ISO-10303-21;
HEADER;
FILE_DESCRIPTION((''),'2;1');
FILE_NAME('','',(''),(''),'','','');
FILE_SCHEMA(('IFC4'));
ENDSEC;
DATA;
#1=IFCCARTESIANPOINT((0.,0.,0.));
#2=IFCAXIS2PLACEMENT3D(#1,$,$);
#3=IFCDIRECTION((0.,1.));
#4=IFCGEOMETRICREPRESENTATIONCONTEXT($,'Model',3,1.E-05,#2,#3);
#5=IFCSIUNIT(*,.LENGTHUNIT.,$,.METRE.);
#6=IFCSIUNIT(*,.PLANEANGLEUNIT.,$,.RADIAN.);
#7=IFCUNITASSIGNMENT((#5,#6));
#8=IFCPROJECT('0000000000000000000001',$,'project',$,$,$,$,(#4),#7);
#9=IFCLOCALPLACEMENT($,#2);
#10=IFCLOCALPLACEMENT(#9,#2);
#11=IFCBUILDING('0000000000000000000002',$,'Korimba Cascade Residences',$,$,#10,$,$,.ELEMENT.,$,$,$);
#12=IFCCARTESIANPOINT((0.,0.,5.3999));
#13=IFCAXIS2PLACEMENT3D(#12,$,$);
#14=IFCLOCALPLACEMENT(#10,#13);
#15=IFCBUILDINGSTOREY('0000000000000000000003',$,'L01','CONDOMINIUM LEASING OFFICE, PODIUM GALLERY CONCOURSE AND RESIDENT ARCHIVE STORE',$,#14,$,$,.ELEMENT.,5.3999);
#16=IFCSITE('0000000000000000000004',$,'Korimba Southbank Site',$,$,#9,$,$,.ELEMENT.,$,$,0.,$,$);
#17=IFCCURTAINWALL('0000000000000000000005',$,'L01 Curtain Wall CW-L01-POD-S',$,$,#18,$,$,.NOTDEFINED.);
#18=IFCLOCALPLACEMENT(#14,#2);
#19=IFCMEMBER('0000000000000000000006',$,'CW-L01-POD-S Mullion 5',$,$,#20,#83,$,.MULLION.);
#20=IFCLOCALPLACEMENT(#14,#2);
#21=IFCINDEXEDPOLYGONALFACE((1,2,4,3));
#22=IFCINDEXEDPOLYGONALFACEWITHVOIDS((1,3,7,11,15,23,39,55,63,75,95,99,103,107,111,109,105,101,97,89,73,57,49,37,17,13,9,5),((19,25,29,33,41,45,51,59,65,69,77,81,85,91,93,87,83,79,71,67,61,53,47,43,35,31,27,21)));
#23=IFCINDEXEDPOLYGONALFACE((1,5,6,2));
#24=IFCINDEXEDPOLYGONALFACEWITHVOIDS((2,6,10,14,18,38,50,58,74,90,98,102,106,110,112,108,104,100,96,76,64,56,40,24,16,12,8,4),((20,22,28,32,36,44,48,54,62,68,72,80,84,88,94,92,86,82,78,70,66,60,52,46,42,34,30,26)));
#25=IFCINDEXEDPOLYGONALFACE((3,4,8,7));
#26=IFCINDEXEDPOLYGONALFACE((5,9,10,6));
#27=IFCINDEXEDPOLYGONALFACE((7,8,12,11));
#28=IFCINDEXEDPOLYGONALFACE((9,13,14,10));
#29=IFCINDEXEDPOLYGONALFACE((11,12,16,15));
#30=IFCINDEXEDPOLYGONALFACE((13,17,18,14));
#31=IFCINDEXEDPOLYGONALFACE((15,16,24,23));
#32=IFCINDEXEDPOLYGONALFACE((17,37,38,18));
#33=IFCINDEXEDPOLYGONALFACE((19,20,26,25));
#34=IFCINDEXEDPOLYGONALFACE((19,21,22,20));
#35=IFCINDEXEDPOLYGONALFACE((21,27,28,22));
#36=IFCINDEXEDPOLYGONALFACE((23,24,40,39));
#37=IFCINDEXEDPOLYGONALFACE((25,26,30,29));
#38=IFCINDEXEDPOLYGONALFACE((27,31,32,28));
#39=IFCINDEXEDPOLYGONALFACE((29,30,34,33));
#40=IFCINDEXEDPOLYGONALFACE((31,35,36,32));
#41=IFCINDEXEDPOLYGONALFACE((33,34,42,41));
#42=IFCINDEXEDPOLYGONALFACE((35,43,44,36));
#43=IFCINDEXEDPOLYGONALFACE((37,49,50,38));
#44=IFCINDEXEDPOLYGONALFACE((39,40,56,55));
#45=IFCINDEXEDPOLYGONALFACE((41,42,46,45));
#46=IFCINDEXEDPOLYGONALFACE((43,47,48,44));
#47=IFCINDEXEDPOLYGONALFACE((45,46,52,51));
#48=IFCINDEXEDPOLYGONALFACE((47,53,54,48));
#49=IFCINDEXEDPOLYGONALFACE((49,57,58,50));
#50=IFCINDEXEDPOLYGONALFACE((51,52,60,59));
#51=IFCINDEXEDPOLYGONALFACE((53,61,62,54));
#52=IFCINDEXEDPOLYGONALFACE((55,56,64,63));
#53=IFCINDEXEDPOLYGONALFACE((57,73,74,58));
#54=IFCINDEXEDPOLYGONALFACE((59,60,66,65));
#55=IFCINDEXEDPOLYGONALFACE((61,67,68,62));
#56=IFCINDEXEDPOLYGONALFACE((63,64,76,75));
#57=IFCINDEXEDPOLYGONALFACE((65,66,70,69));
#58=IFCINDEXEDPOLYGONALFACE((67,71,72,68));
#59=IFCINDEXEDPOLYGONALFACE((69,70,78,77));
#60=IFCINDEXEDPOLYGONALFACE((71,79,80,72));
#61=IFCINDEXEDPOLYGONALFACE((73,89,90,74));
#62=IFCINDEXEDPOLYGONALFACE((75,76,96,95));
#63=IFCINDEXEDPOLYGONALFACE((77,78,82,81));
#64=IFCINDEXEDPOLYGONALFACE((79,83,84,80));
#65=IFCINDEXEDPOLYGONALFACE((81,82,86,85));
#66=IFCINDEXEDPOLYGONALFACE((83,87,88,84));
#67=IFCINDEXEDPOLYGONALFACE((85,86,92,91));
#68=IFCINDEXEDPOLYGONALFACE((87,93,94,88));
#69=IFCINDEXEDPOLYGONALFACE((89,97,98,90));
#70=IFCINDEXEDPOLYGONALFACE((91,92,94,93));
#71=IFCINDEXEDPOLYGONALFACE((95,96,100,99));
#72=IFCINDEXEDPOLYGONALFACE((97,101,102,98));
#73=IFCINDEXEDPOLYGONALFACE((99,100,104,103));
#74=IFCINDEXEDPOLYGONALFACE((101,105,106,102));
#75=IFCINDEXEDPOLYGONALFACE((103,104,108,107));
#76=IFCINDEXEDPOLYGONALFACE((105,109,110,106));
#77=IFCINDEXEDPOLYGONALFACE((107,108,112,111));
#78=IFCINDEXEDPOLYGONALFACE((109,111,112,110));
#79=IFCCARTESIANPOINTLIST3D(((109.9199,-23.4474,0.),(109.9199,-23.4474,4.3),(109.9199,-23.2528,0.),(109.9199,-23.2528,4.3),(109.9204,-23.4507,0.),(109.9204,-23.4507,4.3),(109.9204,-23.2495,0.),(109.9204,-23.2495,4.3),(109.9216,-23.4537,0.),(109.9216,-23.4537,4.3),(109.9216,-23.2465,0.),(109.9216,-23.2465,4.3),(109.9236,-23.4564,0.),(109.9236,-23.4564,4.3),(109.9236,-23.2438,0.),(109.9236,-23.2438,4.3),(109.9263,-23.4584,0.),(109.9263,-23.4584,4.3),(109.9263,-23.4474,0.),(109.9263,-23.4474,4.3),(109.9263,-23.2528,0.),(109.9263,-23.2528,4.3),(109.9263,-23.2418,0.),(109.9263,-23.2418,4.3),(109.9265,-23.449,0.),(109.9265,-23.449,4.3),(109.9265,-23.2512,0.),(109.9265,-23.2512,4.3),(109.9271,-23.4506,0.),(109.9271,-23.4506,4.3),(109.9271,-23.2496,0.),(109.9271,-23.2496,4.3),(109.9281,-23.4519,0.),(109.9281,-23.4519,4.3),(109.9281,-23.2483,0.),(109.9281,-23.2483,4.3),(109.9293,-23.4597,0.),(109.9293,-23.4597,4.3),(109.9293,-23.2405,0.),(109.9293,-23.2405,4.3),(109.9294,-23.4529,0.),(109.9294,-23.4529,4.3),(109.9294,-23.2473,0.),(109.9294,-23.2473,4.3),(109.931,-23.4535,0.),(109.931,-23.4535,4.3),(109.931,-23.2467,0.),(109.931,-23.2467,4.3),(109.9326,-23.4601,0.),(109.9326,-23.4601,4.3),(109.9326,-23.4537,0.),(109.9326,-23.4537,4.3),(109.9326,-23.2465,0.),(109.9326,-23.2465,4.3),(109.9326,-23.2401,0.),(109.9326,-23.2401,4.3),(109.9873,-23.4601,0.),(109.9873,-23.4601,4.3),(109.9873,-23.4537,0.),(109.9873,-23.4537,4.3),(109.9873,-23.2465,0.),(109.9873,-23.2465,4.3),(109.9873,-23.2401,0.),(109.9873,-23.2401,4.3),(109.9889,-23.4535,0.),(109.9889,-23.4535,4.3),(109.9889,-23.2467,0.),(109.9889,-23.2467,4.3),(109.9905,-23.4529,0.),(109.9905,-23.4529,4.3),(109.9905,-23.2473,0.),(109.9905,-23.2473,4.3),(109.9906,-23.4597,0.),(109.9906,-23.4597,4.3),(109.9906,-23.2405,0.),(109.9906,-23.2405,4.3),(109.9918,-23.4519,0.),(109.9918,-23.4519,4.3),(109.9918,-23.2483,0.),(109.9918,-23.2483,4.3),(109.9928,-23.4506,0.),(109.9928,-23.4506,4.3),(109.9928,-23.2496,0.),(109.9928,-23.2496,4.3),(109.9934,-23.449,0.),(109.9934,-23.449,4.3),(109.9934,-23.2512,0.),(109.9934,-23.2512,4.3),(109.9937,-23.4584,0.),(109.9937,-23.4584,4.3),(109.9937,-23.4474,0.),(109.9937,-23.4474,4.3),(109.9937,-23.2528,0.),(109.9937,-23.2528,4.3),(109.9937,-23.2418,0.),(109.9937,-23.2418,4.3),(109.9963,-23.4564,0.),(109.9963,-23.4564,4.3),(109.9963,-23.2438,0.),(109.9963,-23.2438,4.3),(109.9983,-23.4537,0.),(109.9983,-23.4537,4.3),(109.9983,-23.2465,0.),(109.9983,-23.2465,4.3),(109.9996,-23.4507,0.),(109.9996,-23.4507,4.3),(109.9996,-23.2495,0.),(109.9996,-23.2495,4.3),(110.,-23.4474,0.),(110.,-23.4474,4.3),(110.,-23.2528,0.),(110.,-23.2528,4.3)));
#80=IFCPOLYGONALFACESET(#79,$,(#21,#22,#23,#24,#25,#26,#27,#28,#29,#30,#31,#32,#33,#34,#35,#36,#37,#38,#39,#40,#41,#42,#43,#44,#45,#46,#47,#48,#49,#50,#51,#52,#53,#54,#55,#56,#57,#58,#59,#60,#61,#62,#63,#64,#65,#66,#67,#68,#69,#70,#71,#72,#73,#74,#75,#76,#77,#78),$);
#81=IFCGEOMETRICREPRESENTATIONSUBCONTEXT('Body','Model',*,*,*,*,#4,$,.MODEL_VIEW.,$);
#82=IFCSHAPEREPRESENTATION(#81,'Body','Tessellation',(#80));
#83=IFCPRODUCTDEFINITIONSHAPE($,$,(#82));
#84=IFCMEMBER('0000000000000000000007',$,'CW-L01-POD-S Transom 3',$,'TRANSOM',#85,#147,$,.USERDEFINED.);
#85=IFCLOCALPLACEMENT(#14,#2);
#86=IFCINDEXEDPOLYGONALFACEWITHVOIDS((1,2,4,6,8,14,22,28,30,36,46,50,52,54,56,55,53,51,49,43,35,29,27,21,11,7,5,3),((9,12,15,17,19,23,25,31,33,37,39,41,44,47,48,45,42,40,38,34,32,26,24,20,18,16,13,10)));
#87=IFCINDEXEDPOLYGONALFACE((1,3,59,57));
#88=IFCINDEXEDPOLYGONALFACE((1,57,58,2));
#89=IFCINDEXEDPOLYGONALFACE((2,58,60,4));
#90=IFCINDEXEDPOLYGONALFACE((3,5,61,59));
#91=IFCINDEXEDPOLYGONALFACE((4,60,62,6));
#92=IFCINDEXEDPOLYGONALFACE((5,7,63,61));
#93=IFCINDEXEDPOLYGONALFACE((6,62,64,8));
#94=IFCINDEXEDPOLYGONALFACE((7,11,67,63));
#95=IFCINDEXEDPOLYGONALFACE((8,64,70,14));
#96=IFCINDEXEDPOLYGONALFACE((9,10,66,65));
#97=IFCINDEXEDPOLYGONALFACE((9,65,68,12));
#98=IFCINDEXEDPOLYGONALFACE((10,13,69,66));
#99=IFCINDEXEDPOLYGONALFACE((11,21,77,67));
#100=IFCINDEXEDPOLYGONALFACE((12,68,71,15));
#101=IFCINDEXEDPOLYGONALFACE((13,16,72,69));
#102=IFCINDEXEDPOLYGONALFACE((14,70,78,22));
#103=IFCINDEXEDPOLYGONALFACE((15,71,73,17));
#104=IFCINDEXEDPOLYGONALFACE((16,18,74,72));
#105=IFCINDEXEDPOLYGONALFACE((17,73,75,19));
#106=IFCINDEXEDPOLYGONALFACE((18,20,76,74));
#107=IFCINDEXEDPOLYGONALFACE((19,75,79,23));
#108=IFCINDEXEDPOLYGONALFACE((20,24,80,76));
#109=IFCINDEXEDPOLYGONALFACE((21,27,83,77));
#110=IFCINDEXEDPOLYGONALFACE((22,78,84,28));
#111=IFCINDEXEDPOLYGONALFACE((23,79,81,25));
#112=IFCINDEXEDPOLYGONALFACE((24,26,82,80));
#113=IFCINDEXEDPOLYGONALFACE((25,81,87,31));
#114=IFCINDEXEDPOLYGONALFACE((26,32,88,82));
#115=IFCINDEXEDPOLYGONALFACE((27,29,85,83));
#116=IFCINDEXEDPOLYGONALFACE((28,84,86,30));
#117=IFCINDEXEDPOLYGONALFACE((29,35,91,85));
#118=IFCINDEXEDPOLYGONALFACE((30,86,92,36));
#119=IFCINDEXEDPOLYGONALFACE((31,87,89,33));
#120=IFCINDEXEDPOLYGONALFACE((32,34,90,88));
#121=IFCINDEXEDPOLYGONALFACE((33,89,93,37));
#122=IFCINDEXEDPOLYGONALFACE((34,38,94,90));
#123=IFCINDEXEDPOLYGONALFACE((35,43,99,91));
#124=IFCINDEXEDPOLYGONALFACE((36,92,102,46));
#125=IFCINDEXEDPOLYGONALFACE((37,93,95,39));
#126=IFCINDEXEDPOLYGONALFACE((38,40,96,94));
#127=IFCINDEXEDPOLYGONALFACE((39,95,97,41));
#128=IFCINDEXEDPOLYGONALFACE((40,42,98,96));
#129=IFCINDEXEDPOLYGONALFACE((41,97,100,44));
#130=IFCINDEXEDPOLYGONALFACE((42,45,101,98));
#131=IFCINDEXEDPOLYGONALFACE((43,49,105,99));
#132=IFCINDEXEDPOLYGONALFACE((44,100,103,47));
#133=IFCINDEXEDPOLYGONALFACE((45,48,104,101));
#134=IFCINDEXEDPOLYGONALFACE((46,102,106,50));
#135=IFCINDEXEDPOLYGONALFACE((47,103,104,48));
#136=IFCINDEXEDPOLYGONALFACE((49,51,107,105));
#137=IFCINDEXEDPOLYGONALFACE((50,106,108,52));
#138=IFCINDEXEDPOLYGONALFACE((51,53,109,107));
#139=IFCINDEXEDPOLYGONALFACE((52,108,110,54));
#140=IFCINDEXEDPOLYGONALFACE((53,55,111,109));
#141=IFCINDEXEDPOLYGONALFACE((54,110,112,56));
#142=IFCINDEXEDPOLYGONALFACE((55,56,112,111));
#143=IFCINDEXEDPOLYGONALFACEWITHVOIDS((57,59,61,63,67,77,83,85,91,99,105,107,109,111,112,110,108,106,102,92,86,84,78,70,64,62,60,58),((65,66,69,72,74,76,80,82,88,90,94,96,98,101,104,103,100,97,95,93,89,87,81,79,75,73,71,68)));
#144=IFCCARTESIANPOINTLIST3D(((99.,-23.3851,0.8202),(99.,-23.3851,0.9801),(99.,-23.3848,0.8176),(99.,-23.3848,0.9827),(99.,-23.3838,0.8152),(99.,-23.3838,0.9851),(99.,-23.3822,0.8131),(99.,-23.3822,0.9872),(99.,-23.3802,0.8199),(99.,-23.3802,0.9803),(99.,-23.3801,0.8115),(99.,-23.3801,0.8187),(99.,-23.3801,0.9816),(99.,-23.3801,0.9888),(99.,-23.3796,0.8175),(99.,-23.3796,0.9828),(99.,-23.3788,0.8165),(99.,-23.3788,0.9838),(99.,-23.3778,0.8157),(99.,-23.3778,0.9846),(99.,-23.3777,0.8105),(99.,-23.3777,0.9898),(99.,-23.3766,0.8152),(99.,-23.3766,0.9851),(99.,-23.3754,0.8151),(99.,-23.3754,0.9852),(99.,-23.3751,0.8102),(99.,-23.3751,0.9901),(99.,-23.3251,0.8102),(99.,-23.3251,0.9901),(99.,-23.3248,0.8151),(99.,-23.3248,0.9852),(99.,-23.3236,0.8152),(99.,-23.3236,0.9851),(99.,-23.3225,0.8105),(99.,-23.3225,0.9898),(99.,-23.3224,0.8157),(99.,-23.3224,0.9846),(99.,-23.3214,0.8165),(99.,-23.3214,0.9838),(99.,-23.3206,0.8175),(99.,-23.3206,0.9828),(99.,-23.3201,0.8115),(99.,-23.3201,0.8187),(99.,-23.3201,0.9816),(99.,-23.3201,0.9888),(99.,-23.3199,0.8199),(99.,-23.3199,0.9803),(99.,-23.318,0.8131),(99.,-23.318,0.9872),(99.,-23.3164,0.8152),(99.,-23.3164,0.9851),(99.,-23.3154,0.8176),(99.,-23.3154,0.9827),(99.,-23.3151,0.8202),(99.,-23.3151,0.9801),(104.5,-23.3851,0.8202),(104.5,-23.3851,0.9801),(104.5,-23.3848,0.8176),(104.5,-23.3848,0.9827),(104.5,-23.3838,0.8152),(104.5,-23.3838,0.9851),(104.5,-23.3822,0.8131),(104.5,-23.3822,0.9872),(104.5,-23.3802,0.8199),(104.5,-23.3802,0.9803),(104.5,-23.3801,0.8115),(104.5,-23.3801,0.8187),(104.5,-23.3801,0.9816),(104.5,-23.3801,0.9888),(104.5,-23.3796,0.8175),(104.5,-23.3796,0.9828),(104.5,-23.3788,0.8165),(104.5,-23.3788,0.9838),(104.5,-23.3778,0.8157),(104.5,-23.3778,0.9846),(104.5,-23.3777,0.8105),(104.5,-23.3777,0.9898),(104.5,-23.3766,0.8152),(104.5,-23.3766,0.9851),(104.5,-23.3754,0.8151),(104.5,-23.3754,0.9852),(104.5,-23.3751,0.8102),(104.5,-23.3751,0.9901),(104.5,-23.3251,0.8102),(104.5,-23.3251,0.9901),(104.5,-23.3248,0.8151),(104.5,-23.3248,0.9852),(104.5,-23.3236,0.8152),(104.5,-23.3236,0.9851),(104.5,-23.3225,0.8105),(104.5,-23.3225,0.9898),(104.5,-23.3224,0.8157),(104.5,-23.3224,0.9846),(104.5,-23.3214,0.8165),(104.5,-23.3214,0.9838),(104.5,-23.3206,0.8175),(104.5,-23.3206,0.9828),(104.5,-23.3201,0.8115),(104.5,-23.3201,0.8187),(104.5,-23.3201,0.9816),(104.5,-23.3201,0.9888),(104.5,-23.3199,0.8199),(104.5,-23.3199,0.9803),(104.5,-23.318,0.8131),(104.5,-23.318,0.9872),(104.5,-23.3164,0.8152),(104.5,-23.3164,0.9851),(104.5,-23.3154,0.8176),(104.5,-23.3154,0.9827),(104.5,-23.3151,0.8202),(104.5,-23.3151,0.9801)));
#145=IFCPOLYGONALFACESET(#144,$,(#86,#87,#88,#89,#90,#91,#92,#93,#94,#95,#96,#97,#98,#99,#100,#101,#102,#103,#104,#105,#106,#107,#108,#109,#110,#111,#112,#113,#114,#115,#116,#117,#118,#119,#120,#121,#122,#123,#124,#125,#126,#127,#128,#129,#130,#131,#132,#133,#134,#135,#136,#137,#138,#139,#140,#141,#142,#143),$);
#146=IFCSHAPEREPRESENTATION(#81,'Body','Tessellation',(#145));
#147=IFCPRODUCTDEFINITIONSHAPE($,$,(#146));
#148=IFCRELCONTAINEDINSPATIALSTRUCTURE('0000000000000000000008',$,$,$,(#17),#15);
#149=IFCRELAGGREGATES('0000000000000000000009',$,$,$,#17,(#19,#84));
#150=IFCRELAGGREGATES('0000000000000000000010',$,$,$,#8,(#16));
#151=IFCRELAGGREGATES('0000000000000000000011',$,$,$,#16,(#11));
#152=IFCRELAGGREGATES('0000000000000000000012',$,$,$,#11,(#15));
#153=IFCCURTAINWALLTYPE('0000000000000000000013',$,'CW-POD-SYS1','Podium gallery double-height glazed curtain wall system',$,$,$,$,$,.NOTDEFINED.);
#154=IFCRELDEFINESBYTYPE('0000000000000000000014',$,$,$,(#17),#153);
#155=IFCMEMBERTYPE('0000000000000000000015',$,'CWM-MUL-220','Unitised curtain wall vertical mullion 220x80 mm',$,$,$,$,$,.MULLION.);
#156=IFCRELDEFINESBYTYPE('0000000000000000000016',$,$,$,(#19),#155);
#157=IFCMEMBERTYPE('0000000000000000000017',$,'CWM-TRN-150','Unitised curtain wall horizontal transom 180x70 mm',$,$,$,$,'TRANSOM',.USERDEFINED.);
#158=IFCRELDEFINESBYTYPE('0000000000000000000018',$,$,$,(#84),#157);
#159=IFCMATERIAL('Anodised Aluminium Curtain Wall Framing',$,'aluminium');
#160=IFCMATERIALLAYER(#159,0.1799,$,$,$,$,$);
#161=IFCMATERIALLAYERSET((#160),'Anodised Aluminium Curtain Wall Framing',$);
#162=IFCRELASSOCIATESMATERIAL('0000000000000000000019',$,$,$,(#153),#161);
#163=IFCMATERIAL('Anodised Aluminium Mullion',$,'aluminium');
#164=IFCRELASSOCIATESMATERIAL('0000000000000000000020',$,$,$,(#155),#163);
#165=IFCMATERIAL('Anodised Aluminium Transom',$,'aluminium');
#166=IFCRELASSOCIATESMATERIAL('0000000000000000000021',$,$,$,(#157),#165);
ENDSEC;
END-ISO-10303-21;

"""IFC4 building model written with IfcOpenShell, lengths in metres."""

from ifc_helpers import new_model, si_unit, direction, frame, origin, origin_2d, place, context, subcontext, project, spatial, hollow_rectangle, extrude, material, layer, layer_set, material_profile, profile_set, type_object, element, aggregate, save


model = new_model("IFC4")

# Units and contexts
model_context = context("Model", 3, precision=1e-05, world=origin(), true_north=direction((0.0, 1.0)))
body_context = subcontext(model_context, "Body", "Model", "MODEL_VIEW")
ifc_project = project(units=[si_unit("LENGTHUNIT", "METRE"), si_unit("PLANEANGLEUNIT", "RADIAN")], contexts=[model_context])

# Site, building, storey
site_placement = place(None, origin())
site = spatial("IfcSite", under=ifc_project, at=site_placement, Name="Korimba Southbank Site", CompositionType="ELEMENT", RefElevation=0.0)
building_placement = place(site_placement, origin())
building = spatial("IfcBuilding", under=site, at=building_placement, Name="Korimba Cascade Residences", CompositionType="ELEMENT")
storey_placement = place(building_placement, frame((0.0, 0.0, 5.3999)))
storey = spatial("IfcBuildingStorey", under=building, at=storey_placement, Name="L01", Description="CONDOMINIUM LEASING OFFICE, PODIUM GALLERY CONCOURSE AND RESIDENT ARCHIVE STORE", CompositionType="ELEMENT", Elevation=5.3999)

# Curtain wall, members
ifc_material_1 = material(Name="Anodised Aluminium Curtain Wall Framing", Category="aluminium")
ifc_layer_1 = layer(ifc_material_1, 0.1799)
ifc_layer_set_1 = layer_set([ifc_layer_1], Name="Anodised Aluminium Curtain Wall Framing")
curtain_wall_type = type_object("IfcCurtainWallType", Name="CW-POD-SYS1", Description="Podium gallery double-height glazed curtain wall system", PredefinedType="NOTDEFINED", material=ifc_layer_set_1)
curtain_wall_placement = place(storey_placement, origin())
curtain_wall = element("IfcCurtainWall", 1, at=curtain_wall_placement, inside=storey, type_object=curtain_wall_type, Name="L01 Curtain Wall CW-L01-POD-S", PredefinedType="NOTDEFINED")
ifc_material_2 = material(Name="Anodised Aluminium Mullion", Category="aluminium")
ifc_material_profile_1 = material_profile(ifc_material_2, hollow_rectangle(XDim=0.0801, YDim=0.22, WallThickness=0.0063, InnerFilletRadius=0.0063, OuterFilletRadius=0.0127, at=origin_2d()), Name="Anodised Aluminium Mullion")
ifc_profile_set_1 = profile_set([ifc_material_profile_1], Name="Anodised Aluminium Mullion")
member_type_1 = type_object("IfcMemberType", Name="CWM-MUL-220", Description="Unitised curtain wall vertical mullion 220x80 mm", PredefinedType="MULLION", material=ifc_profile_set_1)
member_1_placement = place(storey_placement, frame((109.96, -23.3501, 0.0), z_axis=(0.0, 0.0, 1.0), x_axis=(1.0, 0.0, 0.0)))
member_1 = element("IfcMember", 2, at=member_1_placement, type_object=member_type_1, Name="CW-L01-POD-S Mullion 5", PredefinedType="MULLION", context=body_context, shape_type="SweptSolid", body=[
    extrude(hollow_rectangle(XDim=0.0801, YDim=0.22, WallThickness=0.0063, InnerFilletRadius=0.0063, OuterFilletRadius=0.0127, at=origin_2d()), origin(), (0.0, 0.0, 1.0), 4.3),
])
ifc_material_3 = material(Name="Anodised Aluminium Transom", Category="aluminium")
ifc_material_profile_2 = material_profile(ifc_material_3, hollow_rectangle(XDim=0.0701, YDim=0.1799, WallThickness=0.0049, InnerFilletRadius=0.0049, OuterFilletRadius=0.01, at=origin_2d()), Name="Anodised Aluminium Transom")
ifc_profile_set_2 = profile_set([ifc_material_profile_2], Name="Anodised Aluminium Transom")
member_type_2 = type_object("IfcMemberType", Name="CWM-TRN-150", Description="Unitised curtain wall horizontal transom 180x70 mm", ElementType="TRANSOM", PredefinedType="USERDEFINED", material=ifc_profile_set_2)
member_2_placement = place(storey_placement, frame((99.0, -23.3501, 0.9001), z_axis=(1.0, 0.0, 0.0), x_axis=(0.0, 1.0, 0.0)))
member_2 = element("IfcMember", 3, at=member_2_placement, type_object=member_type_2, Name="CW-L01-POD-S Transom 3", ObjectType="TRANSOM", PredefinedType="USERDEFINED", context=body_context, shape_type="SweptSolid", body=[
    extrude(hollow_rectangle(XDim=0.0701, YDim=0.1799, WallThickness=0.0049, InnerFilletRadius=0.0049, OuterFilletRadius=0.01, at=origin_2d()), origin(), (0.0, 0.0, 1.0), 5.5),
])
aggregate(curtain_wall, [member_1, member_2])

save(model, "model.ifc")
